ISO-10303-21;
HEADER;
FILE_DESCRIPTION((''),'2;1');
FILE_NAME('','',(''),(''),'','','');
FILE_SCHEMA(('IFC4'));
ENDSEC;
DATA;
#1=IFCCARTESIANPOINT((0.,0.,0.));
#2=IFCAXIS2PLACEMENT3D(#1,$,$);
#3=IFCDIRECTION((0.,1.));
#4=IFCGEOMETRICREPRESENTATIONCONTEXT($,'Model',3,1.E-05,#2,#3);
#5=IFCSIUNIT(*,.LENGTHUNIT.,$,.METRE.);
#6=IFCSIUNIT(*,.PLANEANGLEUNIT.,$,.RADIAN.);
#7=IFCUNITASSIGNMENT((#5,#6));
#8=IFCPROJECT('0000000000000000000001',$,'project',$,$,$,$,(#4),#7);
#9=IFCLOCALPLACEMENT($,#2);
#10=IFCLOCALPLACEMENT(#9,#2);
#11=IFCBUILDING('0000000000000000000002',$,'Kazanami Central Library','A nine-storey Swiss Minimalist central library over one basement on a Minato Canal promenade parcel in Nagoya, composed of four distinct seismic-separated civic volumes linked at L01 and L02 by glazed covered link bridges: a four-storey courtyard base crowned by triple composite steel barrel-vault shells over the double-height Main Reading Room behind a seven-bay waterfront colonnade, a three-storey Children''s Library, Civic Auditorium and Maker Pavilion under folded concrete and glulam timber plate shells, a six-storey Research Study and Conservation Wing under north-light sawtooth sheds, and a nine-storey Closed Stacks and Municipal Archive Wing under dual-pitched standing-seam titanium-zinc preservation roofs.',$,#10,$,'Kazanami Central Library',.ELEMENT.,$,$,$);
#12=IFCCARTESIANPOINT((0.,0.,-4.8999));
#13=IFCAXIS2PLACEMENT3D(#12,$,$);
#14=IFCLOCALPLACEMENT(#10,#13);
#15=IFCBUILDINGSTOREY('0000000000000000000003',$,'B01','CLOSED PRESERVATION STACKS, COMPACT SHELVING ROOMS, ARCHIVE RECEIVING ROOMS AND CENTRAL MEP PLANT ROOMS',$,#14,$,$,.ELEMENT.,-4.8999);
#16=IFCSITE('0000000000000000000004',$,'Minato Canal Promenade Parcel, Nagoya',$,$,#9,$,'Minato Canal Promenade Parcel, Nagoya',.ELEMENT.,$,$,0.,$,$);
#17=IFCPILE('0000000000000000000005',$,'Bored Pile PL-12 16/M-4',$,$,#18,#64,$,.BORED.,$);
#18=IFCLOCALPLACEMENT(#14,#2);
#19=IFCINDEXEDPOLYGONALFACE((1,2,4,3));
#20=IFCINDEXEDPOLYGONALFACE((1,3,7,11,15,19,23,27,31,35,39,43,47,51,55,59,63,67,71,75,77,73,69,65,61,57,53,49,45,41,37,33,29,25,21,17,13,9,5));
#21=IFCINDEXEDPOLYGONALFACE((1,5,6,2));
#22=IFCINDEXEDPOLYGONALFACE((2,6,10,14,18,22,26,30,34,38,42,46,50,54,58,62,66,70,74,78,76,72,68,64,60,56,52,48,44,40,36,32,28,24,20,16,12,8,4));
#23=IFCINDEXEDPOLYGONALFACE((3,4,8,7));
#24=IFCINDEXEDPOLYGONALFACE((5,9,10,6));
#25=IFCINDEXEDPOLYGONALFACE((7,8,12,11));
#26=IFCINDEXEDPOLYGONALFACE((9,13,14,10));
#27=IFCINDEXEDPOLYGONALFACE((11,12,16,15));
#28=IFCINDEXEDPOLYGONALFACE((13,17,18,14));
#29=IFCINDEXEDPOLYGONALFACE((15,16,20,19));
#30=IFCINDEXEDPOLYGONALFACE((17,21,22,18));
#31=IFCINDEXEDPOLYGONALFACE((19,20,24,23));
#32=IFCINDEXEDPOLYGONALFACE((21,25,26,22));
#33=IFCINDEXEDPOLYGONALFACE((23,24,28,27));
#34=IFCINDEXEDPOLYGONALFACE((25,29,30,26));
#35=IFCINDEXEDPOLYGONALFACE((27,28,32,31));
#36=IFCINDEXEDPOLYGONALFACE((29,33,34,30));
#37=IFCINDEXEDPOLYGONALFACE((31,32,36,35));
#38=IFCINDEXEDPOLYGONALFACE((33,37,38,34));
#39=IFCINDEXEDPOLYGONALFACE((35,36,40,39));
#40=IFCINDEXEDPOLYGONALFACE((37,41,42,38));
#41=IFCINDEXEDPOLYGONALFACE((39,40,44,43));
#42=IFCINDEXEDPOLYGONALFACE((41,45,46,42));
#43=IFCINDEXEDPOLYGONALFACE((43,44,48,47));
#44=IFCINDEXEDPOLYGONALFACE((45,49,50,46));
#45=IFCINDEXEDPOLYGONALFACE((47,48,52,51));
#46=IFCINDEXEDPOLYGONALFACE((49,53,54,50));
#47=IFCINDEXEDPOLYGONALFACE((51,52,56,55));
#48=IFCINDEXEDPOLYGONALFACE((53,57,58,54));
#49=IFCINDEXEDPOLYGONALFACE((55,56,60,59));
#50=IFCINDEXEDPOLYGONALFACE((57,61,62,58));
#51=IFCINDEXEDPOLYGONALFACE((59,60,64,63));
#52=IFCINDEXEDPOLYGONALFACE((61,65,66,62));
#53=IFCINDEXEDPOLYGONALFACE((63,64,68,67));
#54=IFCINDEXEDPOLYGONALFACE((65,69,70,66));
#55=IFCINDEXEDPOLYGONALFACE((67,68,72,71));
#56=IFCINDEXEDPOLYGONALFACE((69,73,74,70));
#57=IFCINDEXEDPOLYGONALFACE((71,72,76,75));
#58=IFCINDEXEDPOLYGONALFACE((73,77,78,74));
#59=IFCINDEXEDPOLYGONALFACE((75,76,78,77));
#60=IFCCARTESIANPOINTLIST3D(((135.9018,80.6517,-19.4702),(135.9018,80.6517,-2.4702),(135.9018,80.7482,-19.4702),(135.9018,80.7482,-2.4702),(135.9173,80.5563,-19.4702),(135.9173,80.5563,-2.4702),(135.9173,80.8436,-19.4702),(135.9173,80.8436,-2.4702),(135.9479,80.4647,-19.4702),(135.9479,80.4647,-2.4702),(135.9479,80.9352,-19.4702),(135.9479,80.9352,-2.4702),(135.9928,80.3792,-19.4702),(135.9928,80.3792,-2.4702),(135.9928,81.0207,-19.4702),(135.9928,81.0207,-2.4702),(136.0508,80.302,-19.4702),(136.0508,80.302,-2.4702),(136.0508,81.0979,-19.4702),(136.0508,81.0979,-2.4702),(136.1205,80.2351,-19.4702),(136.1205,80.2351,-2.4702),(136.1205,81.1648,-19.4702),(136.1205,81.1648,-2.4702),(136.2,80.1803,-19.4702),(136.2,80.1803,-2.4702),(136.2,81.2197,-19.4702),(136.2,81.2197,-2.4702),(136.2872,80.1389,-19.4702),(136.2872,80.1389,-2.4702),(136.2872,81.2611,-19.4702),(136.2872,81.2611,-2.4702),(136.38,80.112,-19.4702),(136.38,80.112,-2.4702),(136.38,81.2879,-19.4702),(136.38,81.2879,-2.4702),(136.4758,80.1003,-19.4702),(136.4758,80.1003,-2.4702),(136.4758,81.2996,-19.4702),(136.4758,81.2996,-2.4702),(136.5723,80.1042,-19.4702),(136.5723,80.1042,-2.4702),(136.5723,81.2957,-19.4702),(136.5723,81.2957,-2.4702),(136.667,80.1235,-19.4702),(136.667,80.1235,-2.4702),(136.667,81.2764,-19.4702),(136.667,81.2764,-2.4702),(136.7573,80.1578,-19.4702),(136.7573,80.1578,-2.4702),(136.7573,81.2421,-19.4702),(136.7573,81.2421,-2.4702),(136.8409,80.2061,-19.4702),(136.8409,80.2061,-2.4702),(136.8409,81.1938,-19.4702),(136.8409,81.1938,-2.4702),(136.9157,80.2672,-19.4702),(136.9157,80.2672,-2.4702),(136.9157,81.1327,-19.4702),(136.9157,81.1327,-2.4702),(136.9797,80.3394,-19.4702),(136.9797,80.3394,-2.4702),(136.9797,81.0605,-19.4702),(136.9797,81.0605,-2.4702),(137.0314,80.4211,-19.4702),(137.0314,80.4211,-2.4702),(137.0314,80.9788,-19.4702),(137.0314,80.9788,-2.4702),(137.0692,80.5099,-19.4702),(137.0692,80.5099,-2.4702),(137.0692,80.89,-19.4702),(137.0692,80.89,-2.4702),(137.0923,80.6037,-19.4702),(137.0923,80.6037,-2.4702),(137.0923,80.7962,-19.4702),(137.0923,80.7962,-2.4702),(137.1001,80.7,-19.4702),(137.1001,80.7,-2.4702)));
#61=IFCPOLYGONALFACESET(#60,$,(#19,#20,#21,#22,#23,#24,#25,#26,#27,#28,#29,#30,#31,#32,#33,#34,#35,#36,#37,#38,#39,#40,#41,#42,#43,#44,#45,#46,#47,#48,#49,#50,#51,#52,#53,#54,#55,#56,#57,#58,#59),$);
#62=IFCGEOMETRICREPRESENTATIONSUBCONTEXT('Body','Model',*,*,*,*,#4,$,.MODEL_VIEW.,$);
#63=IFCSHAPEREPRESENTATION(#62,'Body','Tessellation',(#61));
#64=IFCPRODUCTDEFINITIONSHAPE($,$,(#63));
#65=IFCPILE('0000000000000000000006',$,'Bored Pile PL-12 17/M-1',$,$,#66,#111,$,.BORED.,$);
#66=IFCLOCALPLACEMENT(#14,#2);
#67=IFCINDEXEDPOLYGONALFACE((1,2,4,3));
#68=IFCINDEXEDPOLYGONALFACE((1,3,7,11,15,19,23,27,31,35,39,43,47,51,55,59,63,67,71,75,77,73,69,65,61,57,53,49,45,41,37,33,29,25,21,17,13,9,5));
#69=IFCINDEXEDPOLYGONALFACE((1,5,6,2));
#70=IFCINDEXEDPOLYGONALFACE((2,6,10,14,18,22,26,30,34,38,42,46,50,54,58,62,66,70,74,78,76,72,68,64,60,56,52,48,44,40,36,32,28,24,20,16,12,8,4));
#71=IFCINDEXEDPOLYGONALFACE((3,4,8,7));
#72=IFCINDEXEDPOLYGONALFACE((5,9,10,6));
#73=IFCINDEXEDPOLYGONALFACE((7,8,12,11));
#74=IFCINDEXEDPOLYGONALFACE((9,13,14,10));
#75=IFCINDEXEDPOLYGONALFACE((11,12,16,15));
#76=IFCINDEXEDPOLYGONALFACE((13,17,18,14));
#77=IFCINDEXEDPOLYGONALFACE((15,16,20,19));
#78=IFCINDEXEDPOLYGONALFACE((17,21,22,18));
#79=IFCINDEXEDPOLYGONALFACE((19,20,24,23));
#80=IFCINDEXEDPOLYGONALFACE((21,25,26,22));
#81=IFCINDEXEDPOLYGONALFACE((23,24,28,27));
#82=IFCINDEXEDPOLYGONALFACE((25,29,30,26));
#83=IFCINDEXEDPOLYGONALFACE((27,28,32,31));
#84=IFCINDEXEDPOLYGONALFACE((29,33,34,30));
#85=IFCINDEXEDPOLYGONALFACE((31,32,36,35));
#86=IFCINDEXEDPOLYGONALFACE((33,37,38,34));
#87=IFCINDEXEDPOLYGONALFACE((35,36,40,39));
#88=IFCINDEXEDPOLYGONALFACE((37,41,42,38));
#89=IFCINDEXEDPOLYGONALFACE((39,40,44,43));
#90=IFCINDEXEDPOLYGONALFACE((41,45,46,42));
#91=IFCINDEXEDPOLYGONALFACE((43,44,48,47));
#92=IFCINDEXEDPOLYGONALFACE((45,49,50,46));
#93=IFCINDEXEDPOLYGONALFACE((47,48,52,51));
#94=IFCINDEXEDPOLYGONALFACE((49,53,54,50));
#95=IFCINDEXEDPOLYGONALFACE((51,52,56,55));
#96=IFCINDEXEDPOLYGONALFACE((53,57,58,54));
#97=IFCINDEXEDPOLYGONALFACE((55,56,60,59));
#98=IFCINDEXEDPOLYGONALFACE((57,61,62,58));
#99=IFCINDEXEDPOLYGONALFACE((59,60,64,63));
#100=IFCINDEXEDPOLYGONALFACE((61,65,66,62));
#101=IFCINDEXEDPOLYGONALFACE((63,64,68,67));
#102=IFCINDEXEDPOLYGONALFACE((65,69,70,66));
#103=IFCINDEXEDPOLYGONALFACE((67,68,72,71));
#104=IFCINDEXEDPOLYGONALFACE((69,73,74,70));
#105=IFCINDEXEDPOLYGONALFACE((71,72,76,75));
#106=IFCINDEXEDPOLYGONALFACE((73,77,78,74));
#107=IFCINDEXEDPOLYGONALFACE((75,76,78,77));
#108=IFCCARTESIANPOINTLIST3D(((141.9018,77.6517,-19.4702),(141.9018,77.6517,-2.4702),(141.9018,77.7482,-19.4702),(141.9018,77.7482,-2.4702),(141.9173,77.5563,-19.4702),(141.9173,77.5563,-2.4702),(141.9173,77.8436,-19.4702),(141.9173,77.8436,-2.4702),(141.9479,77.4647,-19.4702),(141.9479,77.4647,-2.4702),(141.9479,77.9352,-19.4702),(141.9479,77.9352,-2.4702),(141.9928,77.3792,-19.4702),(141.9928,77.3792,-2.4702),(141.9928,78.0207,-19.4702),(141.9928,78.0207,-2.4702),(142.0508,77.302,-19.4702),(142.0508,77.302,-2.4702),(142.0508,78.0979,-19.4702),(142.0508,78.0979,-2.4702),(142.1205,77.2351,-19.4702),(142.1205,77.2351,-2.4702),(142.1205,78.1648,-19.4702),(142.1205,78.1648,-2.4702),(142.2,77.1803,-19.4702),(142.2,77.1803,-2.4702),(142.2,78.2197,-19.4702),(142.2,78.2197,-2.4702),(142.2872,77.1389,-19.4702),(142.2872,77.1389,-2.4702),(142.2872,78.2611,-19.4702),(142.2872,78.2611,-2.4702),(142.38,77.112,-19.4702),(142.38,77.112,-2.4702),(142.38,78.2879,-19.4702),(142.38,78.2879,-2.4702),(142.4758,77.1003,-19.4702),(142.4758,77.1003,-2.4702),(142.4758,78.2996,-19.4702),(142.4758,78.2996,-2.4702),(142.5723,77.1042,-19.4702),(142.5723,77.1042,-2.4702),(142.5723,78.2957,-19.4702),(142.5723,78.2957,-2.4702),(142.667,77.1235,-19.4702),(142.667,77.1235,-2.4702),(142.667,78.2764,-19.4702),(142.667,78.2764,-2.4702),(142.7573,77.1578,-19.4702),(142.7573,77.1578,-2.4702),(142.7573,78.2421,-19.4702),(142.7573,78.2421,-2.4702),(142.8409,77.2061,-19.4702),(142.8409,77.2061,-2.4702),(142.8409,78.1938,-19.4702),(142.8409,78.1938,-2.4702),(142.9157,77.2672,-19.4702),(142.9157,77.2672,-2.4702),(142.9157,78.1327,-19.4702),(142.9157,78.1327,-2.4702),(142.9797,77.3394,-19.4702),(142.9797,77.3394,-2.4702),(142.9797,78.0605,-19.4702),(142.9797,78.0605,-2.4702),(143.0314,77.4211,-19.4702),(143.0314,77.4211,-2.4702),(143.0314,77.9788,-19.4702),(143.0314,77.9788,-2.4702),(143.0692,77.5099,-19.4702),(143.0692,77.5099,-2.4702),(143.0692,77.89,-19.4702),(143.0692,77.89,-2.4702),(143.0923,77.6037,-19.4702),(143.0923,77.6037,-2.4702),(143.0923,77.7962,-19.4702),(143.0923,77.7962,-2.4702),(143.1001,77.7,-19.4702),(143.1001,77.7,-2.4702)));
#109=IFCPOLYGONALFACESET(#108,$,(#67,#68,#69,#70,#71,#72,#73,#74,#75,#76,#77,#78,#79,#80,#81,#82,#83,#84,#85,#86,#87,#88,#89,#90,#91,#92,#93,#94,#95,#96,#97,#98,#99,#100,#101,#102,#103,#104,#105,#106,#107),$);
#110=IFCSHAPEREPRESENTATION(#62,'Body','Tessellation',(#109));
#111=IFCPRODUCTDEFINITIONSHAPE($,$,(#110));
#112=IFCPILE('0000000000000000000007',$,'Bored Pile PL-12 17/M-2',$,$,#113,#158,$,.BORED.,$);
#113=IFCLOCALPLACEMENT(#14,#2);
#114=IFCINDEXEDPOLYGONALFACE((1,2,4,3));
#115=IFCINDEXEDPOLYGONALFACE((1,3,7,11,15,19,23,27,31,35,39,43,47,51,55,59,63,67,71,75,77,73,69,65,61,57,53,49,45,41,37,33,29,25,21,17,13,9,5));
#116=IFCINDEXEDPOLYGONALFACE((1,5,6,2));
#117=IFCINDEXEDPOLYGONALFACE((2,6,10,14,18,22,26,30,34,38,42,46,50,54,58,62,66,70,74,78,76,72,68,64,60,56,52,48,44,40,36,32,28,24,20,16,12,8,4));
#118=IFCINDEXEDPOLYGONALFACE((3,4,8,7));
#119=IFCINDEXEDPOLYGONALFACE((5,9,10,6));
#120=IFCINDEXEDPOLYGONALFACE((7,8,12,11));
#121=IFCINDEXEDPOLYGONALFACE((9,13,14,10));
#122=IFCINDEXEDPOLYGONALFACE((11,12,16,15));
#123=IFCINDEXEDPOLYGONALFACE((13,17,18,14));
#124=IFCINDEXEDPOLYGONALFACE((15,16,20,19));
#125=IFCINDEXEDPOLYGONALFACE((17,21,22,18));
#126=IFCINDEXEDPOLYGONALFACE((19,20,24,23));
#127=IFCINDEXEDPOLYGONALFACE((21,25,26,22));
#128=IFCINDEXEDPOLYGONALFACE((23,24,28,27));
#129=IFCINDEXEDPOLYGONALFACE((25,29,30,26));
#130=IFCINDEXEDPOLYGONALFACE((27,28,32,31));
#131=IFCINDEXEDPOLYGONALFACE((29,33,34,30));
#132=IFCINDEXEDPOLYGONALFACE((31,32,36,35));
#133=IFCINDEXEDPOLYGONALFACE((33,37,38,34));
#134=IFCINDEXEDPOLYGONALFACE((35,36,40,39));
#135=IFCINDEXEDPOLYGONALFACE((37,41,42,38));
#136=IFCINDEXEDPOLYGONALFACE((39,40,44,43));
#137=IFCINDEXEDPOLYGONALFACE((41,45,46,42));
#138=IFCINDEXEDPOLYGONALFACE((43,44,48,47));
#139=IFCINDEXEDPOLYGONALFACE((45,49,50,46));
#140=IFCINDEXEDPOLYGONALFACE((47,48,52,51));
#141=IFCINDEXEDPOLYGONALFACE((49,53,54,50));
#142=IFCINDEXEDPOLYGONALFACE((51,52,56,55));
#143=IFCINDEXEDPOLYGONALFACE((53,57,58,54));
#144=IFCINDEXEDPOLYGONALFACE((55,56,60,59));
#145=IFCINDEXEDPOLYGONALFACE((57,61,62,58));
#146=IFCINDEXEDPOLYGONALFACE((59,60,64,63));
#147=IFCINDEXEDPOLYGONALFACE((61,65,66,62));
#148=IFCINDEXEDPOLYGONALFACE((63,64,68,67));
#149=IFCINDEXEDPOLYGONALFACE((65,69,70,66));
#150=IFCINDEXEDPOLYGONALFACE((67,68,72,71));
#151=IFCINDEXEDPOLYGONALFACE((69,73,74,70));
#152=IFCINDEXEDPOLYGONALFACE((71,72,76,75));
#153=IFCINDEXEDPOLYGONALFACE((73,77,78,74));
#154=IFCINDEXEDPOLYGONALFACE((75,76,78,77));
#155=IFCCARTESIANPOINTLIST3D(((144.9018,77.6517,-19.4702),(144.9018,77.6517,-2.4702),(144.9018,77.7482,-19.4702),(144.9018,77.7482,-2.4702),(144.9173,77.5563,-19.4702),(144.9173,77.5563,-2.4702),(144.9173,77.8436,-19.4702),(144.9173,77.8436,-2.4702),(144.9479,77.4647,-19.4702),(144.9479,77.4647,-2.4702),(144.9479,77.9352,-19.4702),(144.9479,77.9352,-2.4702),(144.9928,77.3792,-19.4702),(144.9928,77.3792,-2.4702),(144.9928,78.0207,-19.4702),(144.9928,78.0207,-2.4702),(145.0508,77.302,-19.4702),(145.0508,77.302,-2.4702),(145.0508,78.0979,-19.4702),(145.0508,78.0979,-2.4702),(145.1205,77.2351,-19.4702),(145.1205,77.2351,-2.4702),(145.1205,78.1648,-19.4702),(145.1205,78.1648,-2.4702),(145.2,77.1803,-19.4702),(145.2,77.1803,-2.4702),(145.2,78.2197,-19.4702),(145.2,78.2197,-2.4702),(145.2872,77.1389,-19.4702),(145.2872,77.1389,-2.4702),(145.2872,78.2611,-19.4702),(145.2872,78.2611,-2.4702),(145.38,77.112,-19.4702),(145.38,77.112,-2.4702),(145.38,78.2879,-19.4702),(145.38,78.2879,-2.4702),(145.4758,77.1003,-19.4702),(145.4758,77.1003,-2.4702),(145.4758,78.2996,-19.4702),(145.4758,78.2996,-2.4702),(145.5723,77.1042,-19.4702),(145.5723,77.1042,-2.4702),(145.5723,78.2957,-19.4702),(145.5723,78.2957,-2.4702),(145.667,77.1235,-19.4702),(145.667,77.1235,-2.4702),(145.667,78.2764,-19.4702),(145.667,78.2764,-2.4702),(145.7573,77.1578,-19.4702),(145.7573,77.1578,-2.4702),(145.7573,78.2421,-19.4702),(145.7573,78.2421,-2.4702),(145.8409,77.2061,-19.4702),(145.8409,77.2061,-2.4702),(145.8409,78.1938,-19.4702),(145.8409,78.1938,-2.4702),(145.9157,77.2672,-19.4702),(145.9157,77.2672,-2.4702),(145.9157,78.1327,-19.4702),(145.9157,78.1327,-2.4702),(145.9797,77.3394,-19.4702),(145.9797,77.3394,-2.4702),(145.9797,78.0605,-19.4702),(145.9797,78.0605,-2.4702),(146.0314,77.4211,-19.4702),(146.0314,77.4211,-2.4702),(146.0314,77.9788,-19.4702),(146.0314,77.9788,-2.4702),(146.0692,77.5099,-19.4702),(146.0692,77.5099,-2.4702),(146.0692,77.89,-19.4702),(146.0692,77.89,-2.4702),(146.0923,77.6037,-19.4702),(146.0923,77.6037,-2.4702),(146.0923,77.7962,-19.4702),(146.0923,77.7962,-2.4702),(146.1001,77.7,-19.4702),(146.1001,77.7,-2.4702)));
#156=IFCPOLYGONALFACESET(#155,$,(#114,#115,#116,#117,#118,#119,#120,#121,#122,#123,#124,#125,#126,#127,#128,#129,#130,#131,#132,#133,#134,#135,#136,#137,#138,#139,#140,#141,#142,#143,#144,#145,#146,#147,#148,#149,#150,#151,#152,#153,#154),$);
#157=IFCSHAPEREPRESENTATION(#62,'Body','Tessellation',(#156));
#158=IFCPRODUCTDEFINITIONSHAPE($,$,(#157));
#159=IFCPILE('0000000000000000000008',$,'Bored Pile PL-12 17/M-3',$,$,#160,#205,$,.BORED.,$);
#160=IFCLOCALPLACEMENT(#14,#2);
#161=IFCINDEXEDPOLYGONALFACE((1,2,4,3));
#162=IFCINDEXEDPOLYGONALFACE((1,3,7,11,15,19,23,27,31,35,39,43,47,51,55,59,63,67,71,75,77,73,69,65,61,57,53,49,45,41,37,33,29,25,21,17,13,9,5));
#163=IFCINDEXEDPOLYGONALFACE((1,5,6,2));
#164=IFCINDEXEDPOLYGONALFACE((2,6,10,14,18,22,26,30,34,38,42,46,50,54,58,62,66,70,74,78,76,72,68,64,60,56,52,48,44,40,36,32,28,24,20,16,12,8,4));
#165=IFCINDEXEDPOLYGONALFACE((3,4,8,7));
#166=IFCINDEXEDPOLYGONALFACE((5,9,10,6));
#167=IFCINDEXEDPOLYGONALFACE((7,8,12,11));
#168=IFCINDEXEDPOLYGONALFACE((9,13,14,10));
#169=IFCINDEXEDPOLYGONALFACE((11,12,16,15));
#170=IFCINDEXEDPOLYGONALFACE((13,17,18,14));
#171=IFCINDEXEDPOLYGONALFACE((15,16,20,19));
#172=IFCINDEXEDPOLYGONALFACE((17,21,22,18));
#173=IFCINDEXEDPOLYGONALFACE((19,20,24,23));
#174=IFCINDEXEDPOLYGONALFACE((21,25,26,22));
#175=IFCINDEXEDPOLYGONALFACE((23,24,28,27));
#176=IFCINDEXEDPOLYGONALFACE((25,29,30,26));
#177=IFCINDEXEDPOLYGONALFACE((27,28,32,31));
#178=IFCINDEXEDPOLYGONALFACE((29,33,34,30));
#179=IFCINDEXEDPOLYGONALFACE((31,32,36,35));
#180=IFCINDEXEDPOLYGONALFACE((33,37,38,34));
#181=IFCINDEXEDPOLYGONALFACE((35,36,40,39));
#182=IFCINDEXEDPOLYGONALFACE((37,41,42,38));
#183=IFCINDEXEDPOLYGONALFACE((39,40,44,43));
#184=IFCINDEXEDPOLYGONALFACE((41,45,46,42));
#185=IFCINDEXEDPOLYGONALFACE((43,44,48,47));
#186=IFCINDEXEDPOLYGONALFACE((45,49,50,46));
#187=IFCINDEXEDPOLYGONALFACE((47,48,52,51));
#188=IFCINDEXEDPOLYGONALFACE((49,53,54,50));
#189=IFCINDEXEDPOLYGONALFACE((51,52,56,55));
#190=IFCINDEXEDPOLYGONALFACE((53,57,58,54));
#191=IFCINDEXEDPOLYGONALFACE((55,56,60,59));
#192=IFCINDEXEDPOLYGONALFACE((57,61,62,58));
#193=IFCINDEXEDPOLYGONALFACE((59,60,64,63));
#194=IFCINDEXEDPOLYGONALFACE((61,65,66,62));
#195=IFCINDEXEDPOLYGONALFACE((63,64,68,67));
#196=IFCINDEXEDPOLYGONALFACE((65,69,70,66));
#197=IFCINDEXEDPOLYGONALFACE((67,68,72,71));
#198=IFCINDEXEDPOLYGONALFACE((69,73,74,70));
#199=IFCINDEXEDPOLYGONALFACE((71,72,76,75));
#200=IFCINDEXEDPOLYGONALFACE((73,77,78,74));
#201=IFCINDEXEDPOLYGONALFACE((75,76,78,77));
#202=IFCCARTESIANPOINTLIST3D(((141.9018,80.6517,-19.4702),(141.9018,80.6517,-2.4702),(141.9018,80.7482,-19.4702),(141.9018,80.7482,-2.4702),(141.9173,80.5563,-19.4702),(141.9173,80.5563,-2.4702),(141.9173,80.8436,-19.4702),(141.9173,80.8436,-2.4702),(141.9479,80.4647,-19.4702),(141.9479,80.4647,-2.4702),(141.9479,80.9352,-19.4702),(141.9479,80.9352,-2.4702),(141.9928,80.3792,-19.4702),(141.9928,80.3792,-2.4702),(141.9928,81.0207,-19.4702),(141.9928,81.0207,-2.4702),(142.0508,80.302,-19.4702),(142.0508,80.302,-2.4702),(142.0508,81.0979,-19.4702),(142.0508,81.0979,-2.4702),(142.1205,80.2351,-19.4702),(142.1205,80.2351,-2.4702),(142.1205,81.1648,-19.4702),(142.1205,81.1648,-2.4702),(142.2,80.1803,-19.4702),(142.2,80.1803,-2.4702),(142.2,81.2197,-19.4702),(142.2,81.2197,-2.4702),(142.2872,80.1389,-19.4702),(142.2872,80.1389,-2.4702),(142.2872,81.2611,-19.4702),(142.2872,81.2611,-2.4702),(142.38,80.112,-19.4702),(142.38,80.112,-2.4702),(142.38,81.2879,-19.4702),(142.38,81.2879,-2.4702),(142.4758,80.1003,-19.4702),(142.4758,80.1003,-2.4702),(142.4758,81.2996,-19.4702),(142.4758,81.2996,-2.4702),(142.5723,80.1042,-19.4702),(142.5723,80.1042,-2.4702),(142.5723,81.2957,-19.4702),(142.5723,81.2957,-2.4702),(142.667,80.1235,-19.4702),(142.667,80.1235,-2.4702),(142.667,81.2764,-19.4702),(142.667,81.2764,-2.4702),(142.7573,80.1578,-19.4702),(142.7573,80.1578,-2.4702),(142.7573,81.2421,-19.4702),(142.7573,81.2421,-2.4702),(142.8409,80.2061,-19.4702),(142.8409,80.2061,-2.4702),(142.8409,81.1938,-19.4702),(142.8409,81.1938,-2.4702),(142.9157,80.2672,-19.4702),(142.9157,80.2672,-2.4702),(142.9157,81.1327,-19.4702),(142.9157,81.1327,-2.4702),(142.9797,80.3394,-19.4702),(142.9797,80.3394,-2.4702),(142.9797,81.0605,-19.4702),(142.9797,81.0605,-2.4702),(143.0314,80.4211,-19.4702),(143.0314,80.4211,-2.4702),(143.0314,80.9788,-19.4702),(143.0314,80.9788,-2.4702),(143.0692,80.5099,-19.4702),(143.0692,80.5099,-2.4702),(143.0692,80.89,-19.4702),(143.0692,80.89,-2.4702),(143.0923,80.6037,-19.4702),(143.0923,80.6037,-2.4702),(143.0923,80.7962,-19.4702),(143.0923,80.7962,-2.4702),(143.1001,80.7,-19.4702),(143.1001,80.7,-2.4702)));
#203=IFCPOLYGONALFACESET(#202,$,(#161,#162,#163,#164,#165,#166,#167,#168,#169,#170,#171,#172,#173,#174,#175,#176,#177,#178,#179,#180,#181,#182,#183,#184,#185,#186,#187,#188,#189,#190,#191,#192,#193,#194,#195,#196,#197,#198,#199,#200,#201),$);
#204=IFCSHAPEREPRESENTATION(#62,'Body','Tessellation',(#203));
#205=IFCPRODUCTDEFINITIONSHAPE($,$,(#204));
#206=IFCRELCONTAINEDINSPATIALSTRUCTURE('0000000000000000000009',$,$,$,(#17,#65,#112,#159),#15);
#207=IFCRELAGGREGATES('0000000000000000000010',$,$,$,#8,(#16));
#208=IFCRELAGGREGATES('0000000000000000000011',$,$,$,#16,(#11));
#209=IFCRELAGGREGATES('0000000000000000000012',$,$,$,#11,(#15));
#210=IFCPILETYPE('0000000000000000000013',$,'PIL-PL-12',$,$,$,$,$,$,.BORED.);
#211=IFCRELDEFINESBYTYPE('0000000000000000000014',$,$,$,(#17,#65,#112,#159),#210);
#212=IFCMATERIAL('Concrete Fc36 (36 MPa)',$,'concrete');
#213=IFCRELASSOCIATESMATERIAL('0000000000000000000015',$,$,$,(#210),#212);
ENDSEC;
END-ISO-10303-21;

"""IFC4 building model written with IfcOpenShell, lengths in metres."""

from ifc_helpers import new_model, si_unit, direction, frame, origin, origin_2d, place, context, subcontext, project, spatial, circle, extrude, material, material_profile, profile_set, type_object, element, save


model = new_model("IFC4")

# Units and contexts
model_context = context("Model", 3, precision=1e-05, world=origin(), true_north=direction((0.0, 1.0)))
body_context = subcontext(model_context, "Body", "Model", "MODEL_VIEW")
ifc_project = project(units=[si_unit("LENGTHUNIT", "METRE"), si_unit("PLANEANGLEUNIT", "RADIAN")], contexts=[model_context])

# Site, building, storey
site_placement = place(None, origin())
site = spatial("IfcSite", under=ifc_project, at=site_placement, Name="Minato Canal Promenade Parcel, Nagoya", LongName="Minato Canal Promenade Parcel, Nagoya", CompositionType="ELEMENT", RefElevation=0.0)
building_placement = place(site_placement, origin())
building = spatial("IfcBuilding", under=site, at=building_placement, Name="Kazanami Central Library", Description="A nine-storey Swiss Minimalist central library over one basement on a Minato Canal promenade parcel in Nagoya, composed of four distinct seismic-separated civic volumes linked at L01 and L02 by glazed covered link bridges: a four-storey courtyard base crowned by triple composite steel barrel-vault shells over the double-height Main Reading Room behind a seven-bay waterfront colonnade, a three-storey Children's Library, Civic Auditorium and Maker Pavilion under folded concrete and glulam timber plate shells, a six-storey Research Study and Conservation Wing under north-light sawtooth sheds, and a nine-storey Closed Stacks and Municipal Archive Wing under dual-pitched standing-seam titanium-zinc preservation roofs.", LongName="Kazanami Central Library", CompositionType="ELEMENT")
storey_placement = place(building_placement, frame((0.0, 0.0, -4.8999)))
storey = spatial("IfcBuildingStorey", under=building, at=storey_placement, Name="B01", Description="CLOSED PRESERVATION STACKS, COMPACT SHELVING ROOMS, ARCHIVE RECEIVING ROOMS AND CENTRAL MEP PLANT ROOMS", CompositionType="ELEMENT", Elevation=-4.8999)

# Shared definitions
ifc_material_1 = material(Name="Concrete Fc36 (36 MPa)", Category="concrete")

# Piles
ifc_material_profile_1 = material_profile(ifc_material_1, circle(Radius=0.6001, at=origin_2d()), Name="BORED-D1200")
ifc_profile_set_1 = profile_set([ifc_material_profile_1], Name="Concrete Fc36 (36 MPa)")
pile_type = type_object("IfcPileType", Name="PIL-PL-12", PredefinedType="BORED", material=ifc_profile_set_1)
for number, where, z_axis, x_axis, name in (
    (1, (136.5, 80.7, -2.4702), (0.0, 0.0, -1.0), (1.0, 0.0, 0.0), "Bored Pile PL-12 16/M-4"),
    (2, (142.5, 77.7, -2.4702), (0.0, 0.0, -1.0), (1.0, 0.0, 0.0), "Bored Pile PL-12 17/M-1"),
    (3, (145.5, 77.7, -2.4702), (0.0, 0.0, -1.0), (1.0, 0.0, 0.0), "Bored Pile PL-12 17/M-2"),
    (4, (142.5, 80.7, -2.4702), (0.0, 0.0, -1.0), (1.0, 0.0, 0.0), "Bored Pile PL-12 17/M-3"),
):
    element("IfcPile", number, at=place(storey_placement, frame(where, z_axis=z_axis, x_axis=x_axis)), inside=storey, type_object=pile_type, Name=name, PredefinedType="BORED", context=body_context, shape_type="SweptSolid", body=[
        extrude(circle(Radius=0.6001, at=origin_2d()), origin(), (0.0, 0.0, 1.0), 17.0),
    ])

save(model, "model.ifc")
